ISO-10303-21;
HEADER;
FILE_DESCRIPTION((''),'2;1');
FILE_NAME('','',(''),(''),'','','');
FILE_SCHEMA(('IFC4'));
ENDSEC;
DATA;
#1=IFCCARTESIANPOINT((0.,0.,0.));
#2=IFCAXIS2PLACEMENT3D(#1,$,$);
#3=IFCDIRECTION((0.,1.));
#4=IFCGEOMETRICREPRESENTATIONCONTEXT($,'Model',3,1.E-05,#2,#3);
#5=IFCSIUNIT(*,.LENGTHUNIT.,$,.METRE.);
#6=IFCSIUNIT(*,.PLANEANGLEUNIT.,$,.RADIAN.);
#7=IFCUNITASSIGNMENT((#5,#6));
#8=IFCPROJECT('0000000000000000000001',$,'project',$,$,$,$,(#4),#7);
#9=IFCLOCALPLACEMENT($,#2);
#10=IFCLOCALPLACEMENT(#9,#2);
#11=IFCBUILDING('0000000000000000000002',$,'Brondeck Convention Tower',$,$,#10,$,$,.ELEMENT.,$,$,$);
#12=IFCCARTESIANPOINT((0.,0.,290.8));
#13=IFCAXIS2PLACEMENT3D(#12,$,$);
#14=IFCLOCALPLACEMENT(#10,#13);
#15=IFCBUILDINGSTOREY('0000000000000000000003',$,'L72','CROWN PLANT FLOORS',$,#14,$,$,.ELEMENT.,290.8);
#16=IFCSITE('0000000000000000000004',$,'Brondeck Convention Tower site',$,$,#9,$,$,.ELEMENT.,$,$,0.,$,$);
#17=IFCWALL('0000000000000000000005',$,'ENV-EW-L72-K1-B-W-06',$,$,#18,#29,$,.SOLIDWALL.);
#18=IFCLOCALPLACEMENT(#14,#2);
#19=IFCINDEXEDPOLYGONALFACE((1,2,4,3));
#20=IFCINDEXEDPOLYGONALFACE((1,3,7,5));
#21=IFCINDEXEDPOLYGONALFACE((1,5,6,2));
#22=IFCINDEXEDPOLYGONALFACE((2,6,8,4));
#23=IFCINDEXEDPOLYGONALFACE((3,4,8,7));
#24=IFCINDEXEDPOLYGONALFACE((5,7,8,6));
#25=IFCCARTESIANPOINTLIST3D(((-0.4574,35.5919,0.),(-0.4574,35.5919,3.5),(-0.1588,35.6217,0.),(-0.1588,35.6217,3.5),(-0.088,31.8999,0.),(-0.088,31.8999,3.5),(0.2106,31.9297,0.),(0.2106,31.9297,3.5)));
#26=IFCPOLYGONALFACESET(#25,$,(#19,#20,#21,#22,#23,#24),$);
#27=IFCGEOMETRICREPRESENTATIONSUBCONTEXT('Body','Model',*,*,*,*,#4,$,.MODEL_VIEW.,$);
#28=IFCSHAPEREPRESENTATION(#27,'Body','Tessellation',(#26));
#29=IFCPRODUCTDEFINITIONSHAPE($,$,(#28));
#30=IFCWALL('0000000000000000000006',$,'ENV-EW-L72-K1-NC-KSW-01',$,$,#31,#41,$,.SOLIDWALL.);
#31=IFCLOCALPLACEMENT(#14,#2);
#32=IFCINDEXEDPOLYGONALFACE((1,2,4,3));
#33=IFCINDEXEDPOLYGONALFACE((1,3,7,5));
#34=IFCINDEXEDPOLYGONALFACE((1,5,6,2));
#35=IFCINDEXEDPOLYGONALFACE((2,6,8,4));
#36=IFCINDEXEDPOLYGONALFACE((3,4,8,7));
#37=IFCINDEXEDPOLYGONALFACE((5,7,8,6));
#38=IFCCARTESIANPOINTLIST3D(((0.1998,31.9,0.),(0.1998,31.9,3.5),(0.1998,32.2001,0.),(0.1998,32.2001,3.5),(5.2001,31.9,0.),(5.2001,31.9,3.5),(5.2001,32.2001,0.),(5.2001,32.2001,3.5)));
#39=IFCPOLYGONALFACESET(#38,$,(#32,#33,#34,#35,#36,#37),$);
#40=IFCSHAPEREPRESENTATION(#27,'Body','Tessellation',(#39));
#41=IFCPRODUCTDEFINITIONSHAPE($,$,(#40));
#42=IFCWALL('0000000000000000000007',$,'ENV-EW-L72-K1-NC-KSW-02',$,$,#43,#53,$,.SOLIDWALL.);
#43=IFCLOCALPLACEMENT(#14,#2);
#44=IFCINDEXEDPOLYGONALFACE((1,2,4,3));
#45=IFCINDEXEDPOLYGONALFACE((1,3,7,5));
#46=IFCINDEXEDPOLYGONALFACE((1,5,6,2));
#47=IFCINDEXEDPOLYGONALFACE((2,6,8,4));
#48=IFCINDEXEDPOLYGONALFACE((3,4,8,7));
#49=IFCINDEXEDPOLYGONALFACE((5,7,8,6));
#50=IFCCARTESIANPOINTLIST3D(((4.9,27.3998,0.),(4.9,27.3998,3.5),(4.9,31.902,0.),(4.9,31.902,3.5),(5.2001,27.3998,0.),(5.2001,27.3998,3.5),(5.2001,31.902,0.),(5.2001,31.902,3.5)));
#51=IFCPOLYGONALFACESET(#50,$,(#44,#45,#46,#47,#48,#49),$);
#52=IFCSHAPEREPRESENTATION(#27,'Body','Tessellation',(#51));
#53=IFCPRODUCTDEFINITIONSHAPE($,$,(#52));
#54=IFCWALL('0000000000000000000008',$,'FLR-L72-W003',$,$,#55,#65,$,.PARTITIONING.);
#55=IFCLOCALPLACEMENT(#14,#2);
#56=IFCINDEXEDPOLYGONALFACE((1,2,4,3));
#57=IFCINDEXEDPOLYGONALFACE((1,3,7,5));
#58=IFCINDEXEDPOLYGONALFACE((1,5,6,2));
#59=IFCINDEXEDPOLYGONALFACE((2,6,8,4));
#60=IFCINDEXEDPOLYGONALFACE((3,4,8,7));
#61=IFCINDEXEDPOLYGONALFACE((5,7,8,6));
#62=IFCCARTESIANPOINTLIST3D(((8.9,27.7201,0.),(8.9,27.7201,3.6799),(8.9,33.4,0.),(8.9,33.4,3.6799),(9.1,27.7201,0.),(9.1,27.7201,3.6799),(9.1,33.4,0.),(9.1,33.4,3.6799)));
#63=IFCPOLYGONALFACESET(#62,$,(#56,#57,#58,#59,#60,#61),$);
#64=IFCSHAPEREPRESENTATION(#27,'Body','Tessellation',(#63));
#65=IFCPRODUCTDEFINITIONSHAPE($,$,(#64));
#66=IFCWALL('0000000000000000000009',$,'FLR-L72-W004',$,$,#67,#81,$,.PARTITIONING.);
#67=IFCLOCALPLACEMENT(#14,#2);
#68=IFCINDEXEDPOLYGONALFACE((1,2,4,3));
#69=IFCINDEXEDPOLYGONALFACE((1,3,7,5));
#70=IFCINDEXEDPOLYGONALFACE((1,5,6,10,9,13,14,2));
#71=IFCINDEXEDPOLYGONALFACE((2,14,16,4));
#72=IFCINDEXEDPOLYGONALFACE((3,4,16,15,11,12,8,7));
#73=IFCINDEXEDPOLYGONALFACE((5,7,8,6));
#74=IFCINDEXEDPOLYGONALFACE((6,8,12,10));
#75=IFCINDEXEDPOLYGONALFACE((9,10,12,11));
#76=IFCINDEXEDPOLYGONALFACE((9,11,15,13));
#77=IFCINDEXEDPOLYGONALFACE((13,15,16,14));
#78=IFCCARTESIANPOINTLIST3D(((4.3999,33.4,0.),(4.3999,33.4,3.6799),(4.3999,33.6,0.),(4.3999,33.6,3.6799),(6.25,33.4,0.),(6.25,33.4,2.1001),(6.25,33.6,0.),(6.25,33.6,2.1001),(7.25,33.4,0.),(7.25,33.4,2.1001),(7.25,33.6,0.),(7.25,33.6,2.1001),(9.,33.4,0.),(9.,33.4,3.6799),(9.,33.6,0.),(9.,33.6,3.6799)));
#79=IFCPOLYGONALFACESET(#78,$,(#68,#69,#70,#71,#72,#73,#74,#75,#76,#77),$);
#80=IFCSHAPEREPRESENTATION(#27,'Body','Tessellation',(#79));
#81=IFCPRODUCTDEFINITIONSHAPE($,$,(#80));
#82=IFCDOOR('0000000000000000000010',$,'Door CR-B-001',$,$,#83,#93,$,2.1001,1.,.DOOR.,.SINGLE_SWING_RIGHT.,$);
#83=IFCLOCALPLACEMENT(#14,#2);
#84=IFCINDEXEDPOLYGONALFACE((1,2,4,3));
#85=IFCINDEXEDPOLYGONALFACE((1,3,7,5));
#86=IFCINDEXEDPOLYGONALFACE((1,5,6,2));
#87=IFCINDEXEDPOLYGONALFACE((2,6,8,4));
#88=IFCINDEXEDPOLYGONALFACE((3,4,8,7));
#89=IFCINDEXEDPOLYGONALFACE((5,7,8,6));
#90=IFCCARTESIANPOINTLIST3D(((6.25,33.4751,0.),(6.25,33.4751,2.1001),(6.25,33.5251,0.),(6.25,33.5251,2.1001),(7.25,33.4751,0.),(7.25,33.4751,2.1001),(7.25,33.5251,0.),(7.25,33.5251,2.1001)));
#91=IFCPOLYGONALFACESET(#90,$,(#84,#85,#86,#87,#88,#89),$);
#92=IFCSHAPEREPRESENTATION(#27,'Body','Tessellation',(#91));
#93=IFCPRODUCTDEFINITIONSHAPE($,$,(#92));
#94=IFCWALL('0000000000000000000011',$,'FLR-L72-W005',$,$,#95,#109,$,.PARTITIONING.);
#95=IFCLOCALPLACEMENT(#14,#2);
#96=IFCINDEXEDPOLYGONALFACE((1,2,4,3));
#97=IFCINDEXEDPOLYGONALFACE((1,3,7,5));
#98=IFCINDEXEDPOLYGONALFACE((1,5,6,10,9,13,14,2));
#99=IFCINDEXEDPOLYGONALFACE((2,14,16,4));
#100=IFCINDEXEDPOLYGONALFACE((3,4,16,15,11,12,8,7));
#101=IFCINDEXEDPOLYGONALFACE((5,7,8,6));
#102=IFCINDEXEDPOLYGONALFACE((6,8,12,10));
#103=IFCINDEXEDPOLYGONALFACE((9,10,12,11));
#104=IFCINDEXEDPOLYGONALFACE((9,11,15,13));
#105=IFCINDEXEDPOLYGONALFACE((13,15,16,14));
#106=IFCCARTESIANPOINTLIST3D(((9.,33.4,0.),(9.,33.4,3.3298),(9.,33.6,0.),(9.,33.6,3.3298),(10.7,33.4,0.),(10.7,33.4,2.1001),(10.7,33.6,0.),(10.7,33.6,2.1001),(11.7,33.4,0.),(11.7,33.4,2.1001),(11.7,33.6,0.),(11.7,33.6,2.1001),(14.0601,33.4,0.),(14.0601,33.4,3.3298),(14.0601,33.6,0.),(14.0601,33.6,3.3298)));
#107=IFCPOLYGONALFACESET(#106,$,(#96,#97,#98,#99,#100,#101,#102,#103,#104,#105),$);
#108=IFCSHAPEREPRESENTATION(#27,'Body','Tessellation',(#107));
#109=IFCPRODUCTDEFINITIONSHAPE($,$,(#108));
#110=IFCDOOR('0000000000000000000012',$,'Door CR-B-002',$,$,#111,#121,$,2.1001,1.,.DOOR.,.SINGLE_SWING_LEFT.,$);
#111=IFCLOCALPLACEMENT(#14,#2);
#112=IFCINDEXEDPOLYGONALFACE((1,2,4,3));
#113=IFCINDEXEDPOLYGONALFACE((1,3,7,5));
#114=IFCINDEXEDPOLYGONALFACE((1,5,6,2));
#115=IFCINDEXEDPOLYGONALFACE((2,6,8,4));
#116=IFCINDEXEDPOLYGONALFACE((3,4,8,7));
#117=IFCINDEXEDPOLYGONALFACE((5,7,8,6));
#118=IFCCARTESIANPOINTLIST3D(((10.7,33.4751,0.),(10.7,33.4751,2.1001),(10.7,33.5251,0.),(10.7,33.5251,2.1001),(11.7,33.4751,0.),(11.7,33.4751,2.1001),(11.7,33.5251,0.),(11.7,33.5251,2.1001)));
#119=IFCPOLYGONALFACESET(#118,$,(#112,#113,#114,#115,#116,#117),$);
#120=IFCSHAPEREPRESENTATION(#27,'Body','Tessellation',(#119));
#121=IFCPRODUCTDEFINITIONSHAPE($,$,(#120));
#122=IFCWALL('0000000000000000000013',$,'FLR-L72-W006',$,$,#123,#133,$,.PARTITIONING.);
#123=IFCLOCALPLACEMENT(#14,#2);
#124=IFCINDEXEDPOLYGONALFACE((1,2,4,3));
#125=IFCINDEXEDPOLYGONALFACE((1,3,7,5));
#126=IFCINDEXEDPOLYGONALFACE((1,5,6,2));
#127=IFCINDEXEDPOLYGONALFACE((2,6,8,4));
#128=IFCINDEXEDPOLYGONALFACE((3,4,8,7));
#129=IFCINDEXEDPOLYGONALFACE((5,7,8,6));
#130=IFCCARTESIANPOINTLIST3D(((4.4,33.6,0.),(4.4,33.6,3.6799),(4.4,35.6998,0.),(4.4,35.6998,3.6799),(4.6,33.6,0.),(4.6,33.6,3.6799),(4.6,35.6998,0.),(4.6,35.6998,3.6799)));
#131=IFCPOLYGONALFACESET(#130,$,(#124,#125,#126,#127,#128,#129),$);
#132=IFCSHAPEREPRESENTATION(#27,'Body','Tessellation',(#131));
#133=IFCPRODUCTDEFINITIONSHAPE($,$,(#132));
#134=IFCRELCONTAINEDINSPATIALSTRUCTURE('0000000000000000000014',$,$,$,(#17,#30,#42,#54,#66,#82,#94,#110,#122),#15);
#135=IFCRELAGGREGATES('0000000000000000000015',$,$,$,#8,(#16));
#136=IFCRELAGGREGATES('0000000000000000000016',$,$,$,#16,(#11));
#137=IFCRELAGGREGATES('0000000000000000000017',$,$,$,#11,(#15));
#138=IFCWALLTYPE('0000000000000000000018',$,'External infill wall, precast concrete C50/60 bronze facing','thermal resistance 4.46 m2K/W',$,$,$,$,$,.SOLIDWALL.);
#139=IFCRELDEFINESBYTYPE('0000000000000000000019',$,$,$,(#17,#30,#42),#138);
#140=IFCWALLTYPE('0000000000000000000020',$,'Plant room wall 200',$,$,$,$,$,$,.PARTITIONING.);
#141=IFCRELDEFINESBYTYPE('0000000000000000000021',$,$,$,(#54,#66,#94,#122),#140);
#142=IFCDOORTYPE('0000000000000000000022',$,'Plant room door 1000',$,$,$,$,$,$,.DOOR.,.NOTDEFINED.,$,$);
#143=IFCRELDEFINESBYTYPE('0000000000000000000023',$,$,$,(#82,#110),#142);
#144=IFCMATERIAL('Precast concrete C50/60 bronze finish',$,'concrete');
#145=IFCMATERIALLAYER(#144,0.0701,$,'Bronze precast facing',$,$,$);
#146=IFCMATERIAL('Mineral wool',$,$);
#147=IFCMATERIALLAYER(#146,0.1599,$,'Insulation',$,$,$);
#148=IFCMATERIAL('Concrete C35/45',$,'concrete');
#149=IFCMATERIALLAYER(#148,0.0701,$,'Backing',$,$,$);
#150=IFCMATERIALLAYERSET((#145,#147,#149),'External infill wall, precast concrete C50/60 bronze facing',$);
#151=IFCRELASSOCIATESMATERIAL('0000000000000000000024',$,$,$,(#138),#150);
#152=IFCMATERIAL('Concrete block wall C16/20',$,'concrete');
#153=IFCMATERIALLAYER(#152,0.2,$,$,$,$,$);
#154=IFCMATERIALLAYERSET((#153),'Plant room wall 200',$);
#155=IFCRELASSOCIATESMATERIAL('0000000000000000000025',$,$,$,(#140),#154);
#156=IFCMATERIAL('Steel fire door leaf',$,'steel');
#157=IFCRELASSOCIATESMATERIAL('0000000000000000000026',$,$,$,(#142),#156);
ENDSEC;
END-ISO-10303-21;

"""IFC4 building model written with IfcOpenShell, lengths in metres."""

from ifc_helpers import new_model, si_unit, direction, frame, frame_2d, origin, place, context, subcontext, project, spatial, rectangle, extrude, material, layer, layer_set, type_object, element, fill, save


model = new_model("IFC4")

# Units and contexts
model_context = context("Model", 3, precision=1e-05, world=origin(), true_north=direction((0.0, 1.0)))
body_context = subcontext(model_context, "Body", "Model", "MODEL_VIEW")
ifc_project = project(units=[si_unit("LENGTHUNIT", "METRE"), si_unit("PLANEANGLEUNIT", "RADIAN")], contexts=[model_context])

# Site, building, storey
site_placement = place(None, origin())
site = spatial("IfcSite", under=ifc_project, at=site_placement, Name="Brondeck Convention Tower site", CompositionType="ELEMENT", RefElevation=0.0)
building_placement = place(site_placement, origin())
building = spatial("IfcBuilding", under=site, at=building_placement, Name="Brondeck Convention Tower", CompositionType="ELEMENT")
storey_placement = place(building_placement, frame((0.0, 0.0, 290.8)))
storey = spatial("IfcBuildingStorey", under=building, at=storey_placement, Name="L72", Description="CROWN PLANT FLOORS", CompositionType="ELEMENT", Elevation=290.8)

# Shared definitions
ifc_material_1 = material(Name="Concrete C35/45", Category="concrete")

# Shared definitions
ifc_material_2 = material(Name="Precast concrete C50/60 bronze finish", Category="concrete")
ifc_layer_1 = layer(ifc_material_2, 0.0701, Name="Bronze precast facing")
ifc_material_3 = material(Name="Mineral wool")
ifc_layer_2 = layer(ifc_material_3, 0.1599, Name="Insulation")
ifc_layer_3 = layer(ifc_material_1, 0.0701, Name="Backing")
ifc_layer_set_1 = layer_set([ifc_layer_1, ifc_layer_2, ifc_layer_3], Name="External infill wall, precast concrete C50/60 bronze facing")
wall_type_1 = type_object("IfcWallType", Name="External infill wall, precast concrete C50/60 bronze facing", Description="thermal resistance 4.46 m2K/W", PredefinedType="SOLIDWALL", material=ifc_layer_set_1)

# Walls
wall_1_placement = place(storey_placement, frame((0.0613, 31.9148, 0.0), z_axis=(0.0, 0.0, 1.0), x_axis=(-0.099549, 0.995033, 0.0)))
element("IfcWall", 1, at=wall_1_placement, inside=storey, type_object=wall_type_1, Name="ENV-EW-L72-K1-B-W-06", PredefinedType="SOLIDWALL", context=body_context, shape_type="SweptSolid", body=[
    extrude(rectangle(XDim=3.7104, YDim=0.3, at=frame_2d((1.8552, 0.0))), origin(), (0.0, 0.0, 1.0), 3.5),
])
wall_2_placement = place(storey_placement, frame((5.2, 32.05, 0.0), z_axis=(0.0, 0.0, 1.0), x_axis=(-1.0, 0.0, 0.0)))
element("IfcWall", 2, at=wall_2_placement, inside=storey, type_object=wall_type_1, Name="ENV-EW-L72-K1-NC-KSW-01", PredefinedType="SOLIDWALL", context=body_context, shape_type="SweptSolid", body=[
    extrude(rectangle(XDim=5.0002, YDim=0.3, at=frame_2d((2.5, 0.0))), origin(), (0.0, 0.0, 1.0), 3.5),
])
wall_3_placement = place(storey_placement, frame((5.05, 27.3999, 0.0), z_axis=(0.0, 0.0, 1.0), x_axis=(0.0, 1.0, 0.0)))
element("IfcWall", 3, at=wall_3_placement, inside=storey, type_object=wall_type_1, Name="ENV-EW-L72-K1-NC-KSW-02", PredefinedType="SOLIDWALL", context=body_context, shape_type="SweptSolid", body=[
    extrude(rectangle(XDim=4.5022, YDim=0.3, at=frame_2d((2.251, 0.0))), origin(), (0.0, 0.0, 1.0), 3.5),
])
ifc_material_4 = material(Name="Concrete block wall C16/20", Category="concrete")
ifc_layer_4 = layer(ifc_material_4, 0.2)
ifc_layer_set_2 = layer_set([ifc_layer_4], Name="Plant room wall 200")
wall_type_2 = type_object("IfcWallType", Name="Plant room wall 200", PredefinedType="PARTITIONING", material=ifc_layer_set_2)
wall_4_placement = place(storey_placement, frame((9.0, 33.3999, 0.0), z_axis=(0.0, 0.0, 1.0), x_axis=(0.0, -1.0, 0.0)))
element("IfcWall", 4, at=wall_4_placement, inside=storey, type_object=wall_type_2, Name="FLR-L72-W003", PredefinedType="PARTITIONING", context=body_context, shape_type="SweptSolid", body=[
    extrude(rectangle(XDim=5.6799, YDim=0.2, at=frame_2d((2.8398, 0.0))), origin(), (0.0, 0.0, 1.0), 3.6799),
])

# Walls, openings, doors
wall_5_placement = place(storey_placement, frame((9.0, 33.5, 0.0), z_axis=(0.0, 0.0, 1.0), x_axis=(-1.0, 0.0, 0.0)))
wall_5 = element("IfcWall", 5, at=wall_5_placement, inside=storey, type_object=wall_type_2, Name="FLR-L72-W004", PredefinedType="PARTITIONING", context=body_context, shape_type="SweptSolid", body=[
    extrude(rectangle(XDim=4.6001, YDim=0.2, at=frame_2d((2.3, 0.0))), origin(), (0.0, 0.0, 1.0), 3.6799),
])
opening_1_placement = place(wall_5_placement, frame((1.75, 0.0, 0.0)))
opening_1 = element("IfcOpeningElement", 6, at=opening_1_placement, cuts=wall_5, PredefinedType="OPENING", context=body_context, shape_type="SweptSolid", body=[
    extrude(rectangle(XDim=1.0, YDim=2.1001, at=frame_2d((0.5, 1.05))), frame((0.0, 0.1099, 0.0), z_axis=(0.0, -1.0, 0.0), x_axis=(1.0, 0.0, 0.0)), (0.0, 0.0, 1.0), 0.22),
])
ifc_material_5 = material(Name="Steel fire door leaf", Category="steel")
door_type = type_object("IfcDoorType", Name="Plant room door 1000", OperationType="NOTDEFINED", PredefinedType="DOOR", material=ifc_material_5)
door_1_placement = place(opening_1_placement, origin())
door_1 = element("IfcDoor", 7, at=door_1_placement, inside=storey, type_object=door_type, Name="Door CR-B-001", OperationType="SINGLE_SWING_RIGHT", OverallHeight=2.1001, OverallWidth=1.0, PredefinedType="DOOR", context=body_context, shape_type="SweptSolid", body=[
    extrude(rectangle(XDim=1.0, YDim=2.1001, at=frame_2d((0.5, 1.05))), frame((0.0, 0.0249, 0.0), z_axis=(0.0, -1.0, 0.0), x_axis=(1.0, 0.0, 0.0)), (0.0, 0.0, 1.0), 0.05),
])
fill(opening_1, door_1)
wall_6_placement = place(storey_placement, frame((14.0601, 33.5, 0.0), z_axis=(0.0, 0.0, 1.0), x_axis=(-1.0, 0.0, 0.0)))
wall_6 = element("IfcWall", 8, at=wall_6_placement, inside=storey, type_object=wall_type_2, Name="FLR-L72-W005", PredefinedType="PARTITIONING", context=body_context, shape_type="SweptSolid", body=[
    extrude(rectangle(XDim=5.0601, YDim=0.2, at=frame_2d((2.53, 0.0))), origin(), (0.0, 0.0, 1.0), 3.3298),
])
opening_2_placement = place(wall_6_placement, frame((2.3601, 0.0, 0.0)))
opening_2 = element("IfcOpeningElement", 9, at=opening_2_placement, cuts=wall_6, PredefinedType="OPENING", context=body_context, shape_type="SweptSolid", body=[
    extrude(rectangle(XDim=1.0, YDim=2.1001, at=frame_2d((0.5, 1.05))), frame((0.0, 0.1099, 0.0), z_axis=(0.0, -1.0, 0.0), x_axis=(1.0, 0.0, 0.0)), (0.0, 0.0, 1.0), 0.22),
])
door_2_placement = place(opening_2_placement, origin())
door_2 = element("IfcDoor", 10, at=door_2_placement, inside=storey, type_object=door_type, Name="Door CR-B-002", OperationType="SINGLE_SWING_LEFT", OverallHeight=2.1001, OverallWidth=1.0, PredefinedType="DOOR", context=body_context, shape_type="SweptSolid", body=[
    extrude(rectangle(XDim=1.0, YDim=2.1001, at=frame_2d((0.5, 1.05))), frame((0.0, 0.0249, 0.0), z_axis=(0.0, -1.0, 0.0), x_axis=(1.0, 0.0, 0.0)), (0.0, 0.0, 1.0), 0.05),
])
fill(opening_2, door_2)

# Wall
wall_7_placement = place(storey_placement, frame((4.5, 33.6001, 0.0), z_axis=(0.0, 0.0, 1.0), x_axis=(0.0, 1.0, 0.0)))
element("IfcWall", 11, at=wall_7_placement, inside=storey, type_object=wall_type_2, Name="FLR-L72-W006", PredefinedType="PARTITIONING", context=body_context, shape_type="SweptSolid", body=[
    extrude(rectangle(XDim=2.0999, YDim=0.2, at=frame_2d((1.0498, 0.0))), origin(), (0.0, 0.0, 1.0), 3.6799),
])

save(model, "model.ifc")
